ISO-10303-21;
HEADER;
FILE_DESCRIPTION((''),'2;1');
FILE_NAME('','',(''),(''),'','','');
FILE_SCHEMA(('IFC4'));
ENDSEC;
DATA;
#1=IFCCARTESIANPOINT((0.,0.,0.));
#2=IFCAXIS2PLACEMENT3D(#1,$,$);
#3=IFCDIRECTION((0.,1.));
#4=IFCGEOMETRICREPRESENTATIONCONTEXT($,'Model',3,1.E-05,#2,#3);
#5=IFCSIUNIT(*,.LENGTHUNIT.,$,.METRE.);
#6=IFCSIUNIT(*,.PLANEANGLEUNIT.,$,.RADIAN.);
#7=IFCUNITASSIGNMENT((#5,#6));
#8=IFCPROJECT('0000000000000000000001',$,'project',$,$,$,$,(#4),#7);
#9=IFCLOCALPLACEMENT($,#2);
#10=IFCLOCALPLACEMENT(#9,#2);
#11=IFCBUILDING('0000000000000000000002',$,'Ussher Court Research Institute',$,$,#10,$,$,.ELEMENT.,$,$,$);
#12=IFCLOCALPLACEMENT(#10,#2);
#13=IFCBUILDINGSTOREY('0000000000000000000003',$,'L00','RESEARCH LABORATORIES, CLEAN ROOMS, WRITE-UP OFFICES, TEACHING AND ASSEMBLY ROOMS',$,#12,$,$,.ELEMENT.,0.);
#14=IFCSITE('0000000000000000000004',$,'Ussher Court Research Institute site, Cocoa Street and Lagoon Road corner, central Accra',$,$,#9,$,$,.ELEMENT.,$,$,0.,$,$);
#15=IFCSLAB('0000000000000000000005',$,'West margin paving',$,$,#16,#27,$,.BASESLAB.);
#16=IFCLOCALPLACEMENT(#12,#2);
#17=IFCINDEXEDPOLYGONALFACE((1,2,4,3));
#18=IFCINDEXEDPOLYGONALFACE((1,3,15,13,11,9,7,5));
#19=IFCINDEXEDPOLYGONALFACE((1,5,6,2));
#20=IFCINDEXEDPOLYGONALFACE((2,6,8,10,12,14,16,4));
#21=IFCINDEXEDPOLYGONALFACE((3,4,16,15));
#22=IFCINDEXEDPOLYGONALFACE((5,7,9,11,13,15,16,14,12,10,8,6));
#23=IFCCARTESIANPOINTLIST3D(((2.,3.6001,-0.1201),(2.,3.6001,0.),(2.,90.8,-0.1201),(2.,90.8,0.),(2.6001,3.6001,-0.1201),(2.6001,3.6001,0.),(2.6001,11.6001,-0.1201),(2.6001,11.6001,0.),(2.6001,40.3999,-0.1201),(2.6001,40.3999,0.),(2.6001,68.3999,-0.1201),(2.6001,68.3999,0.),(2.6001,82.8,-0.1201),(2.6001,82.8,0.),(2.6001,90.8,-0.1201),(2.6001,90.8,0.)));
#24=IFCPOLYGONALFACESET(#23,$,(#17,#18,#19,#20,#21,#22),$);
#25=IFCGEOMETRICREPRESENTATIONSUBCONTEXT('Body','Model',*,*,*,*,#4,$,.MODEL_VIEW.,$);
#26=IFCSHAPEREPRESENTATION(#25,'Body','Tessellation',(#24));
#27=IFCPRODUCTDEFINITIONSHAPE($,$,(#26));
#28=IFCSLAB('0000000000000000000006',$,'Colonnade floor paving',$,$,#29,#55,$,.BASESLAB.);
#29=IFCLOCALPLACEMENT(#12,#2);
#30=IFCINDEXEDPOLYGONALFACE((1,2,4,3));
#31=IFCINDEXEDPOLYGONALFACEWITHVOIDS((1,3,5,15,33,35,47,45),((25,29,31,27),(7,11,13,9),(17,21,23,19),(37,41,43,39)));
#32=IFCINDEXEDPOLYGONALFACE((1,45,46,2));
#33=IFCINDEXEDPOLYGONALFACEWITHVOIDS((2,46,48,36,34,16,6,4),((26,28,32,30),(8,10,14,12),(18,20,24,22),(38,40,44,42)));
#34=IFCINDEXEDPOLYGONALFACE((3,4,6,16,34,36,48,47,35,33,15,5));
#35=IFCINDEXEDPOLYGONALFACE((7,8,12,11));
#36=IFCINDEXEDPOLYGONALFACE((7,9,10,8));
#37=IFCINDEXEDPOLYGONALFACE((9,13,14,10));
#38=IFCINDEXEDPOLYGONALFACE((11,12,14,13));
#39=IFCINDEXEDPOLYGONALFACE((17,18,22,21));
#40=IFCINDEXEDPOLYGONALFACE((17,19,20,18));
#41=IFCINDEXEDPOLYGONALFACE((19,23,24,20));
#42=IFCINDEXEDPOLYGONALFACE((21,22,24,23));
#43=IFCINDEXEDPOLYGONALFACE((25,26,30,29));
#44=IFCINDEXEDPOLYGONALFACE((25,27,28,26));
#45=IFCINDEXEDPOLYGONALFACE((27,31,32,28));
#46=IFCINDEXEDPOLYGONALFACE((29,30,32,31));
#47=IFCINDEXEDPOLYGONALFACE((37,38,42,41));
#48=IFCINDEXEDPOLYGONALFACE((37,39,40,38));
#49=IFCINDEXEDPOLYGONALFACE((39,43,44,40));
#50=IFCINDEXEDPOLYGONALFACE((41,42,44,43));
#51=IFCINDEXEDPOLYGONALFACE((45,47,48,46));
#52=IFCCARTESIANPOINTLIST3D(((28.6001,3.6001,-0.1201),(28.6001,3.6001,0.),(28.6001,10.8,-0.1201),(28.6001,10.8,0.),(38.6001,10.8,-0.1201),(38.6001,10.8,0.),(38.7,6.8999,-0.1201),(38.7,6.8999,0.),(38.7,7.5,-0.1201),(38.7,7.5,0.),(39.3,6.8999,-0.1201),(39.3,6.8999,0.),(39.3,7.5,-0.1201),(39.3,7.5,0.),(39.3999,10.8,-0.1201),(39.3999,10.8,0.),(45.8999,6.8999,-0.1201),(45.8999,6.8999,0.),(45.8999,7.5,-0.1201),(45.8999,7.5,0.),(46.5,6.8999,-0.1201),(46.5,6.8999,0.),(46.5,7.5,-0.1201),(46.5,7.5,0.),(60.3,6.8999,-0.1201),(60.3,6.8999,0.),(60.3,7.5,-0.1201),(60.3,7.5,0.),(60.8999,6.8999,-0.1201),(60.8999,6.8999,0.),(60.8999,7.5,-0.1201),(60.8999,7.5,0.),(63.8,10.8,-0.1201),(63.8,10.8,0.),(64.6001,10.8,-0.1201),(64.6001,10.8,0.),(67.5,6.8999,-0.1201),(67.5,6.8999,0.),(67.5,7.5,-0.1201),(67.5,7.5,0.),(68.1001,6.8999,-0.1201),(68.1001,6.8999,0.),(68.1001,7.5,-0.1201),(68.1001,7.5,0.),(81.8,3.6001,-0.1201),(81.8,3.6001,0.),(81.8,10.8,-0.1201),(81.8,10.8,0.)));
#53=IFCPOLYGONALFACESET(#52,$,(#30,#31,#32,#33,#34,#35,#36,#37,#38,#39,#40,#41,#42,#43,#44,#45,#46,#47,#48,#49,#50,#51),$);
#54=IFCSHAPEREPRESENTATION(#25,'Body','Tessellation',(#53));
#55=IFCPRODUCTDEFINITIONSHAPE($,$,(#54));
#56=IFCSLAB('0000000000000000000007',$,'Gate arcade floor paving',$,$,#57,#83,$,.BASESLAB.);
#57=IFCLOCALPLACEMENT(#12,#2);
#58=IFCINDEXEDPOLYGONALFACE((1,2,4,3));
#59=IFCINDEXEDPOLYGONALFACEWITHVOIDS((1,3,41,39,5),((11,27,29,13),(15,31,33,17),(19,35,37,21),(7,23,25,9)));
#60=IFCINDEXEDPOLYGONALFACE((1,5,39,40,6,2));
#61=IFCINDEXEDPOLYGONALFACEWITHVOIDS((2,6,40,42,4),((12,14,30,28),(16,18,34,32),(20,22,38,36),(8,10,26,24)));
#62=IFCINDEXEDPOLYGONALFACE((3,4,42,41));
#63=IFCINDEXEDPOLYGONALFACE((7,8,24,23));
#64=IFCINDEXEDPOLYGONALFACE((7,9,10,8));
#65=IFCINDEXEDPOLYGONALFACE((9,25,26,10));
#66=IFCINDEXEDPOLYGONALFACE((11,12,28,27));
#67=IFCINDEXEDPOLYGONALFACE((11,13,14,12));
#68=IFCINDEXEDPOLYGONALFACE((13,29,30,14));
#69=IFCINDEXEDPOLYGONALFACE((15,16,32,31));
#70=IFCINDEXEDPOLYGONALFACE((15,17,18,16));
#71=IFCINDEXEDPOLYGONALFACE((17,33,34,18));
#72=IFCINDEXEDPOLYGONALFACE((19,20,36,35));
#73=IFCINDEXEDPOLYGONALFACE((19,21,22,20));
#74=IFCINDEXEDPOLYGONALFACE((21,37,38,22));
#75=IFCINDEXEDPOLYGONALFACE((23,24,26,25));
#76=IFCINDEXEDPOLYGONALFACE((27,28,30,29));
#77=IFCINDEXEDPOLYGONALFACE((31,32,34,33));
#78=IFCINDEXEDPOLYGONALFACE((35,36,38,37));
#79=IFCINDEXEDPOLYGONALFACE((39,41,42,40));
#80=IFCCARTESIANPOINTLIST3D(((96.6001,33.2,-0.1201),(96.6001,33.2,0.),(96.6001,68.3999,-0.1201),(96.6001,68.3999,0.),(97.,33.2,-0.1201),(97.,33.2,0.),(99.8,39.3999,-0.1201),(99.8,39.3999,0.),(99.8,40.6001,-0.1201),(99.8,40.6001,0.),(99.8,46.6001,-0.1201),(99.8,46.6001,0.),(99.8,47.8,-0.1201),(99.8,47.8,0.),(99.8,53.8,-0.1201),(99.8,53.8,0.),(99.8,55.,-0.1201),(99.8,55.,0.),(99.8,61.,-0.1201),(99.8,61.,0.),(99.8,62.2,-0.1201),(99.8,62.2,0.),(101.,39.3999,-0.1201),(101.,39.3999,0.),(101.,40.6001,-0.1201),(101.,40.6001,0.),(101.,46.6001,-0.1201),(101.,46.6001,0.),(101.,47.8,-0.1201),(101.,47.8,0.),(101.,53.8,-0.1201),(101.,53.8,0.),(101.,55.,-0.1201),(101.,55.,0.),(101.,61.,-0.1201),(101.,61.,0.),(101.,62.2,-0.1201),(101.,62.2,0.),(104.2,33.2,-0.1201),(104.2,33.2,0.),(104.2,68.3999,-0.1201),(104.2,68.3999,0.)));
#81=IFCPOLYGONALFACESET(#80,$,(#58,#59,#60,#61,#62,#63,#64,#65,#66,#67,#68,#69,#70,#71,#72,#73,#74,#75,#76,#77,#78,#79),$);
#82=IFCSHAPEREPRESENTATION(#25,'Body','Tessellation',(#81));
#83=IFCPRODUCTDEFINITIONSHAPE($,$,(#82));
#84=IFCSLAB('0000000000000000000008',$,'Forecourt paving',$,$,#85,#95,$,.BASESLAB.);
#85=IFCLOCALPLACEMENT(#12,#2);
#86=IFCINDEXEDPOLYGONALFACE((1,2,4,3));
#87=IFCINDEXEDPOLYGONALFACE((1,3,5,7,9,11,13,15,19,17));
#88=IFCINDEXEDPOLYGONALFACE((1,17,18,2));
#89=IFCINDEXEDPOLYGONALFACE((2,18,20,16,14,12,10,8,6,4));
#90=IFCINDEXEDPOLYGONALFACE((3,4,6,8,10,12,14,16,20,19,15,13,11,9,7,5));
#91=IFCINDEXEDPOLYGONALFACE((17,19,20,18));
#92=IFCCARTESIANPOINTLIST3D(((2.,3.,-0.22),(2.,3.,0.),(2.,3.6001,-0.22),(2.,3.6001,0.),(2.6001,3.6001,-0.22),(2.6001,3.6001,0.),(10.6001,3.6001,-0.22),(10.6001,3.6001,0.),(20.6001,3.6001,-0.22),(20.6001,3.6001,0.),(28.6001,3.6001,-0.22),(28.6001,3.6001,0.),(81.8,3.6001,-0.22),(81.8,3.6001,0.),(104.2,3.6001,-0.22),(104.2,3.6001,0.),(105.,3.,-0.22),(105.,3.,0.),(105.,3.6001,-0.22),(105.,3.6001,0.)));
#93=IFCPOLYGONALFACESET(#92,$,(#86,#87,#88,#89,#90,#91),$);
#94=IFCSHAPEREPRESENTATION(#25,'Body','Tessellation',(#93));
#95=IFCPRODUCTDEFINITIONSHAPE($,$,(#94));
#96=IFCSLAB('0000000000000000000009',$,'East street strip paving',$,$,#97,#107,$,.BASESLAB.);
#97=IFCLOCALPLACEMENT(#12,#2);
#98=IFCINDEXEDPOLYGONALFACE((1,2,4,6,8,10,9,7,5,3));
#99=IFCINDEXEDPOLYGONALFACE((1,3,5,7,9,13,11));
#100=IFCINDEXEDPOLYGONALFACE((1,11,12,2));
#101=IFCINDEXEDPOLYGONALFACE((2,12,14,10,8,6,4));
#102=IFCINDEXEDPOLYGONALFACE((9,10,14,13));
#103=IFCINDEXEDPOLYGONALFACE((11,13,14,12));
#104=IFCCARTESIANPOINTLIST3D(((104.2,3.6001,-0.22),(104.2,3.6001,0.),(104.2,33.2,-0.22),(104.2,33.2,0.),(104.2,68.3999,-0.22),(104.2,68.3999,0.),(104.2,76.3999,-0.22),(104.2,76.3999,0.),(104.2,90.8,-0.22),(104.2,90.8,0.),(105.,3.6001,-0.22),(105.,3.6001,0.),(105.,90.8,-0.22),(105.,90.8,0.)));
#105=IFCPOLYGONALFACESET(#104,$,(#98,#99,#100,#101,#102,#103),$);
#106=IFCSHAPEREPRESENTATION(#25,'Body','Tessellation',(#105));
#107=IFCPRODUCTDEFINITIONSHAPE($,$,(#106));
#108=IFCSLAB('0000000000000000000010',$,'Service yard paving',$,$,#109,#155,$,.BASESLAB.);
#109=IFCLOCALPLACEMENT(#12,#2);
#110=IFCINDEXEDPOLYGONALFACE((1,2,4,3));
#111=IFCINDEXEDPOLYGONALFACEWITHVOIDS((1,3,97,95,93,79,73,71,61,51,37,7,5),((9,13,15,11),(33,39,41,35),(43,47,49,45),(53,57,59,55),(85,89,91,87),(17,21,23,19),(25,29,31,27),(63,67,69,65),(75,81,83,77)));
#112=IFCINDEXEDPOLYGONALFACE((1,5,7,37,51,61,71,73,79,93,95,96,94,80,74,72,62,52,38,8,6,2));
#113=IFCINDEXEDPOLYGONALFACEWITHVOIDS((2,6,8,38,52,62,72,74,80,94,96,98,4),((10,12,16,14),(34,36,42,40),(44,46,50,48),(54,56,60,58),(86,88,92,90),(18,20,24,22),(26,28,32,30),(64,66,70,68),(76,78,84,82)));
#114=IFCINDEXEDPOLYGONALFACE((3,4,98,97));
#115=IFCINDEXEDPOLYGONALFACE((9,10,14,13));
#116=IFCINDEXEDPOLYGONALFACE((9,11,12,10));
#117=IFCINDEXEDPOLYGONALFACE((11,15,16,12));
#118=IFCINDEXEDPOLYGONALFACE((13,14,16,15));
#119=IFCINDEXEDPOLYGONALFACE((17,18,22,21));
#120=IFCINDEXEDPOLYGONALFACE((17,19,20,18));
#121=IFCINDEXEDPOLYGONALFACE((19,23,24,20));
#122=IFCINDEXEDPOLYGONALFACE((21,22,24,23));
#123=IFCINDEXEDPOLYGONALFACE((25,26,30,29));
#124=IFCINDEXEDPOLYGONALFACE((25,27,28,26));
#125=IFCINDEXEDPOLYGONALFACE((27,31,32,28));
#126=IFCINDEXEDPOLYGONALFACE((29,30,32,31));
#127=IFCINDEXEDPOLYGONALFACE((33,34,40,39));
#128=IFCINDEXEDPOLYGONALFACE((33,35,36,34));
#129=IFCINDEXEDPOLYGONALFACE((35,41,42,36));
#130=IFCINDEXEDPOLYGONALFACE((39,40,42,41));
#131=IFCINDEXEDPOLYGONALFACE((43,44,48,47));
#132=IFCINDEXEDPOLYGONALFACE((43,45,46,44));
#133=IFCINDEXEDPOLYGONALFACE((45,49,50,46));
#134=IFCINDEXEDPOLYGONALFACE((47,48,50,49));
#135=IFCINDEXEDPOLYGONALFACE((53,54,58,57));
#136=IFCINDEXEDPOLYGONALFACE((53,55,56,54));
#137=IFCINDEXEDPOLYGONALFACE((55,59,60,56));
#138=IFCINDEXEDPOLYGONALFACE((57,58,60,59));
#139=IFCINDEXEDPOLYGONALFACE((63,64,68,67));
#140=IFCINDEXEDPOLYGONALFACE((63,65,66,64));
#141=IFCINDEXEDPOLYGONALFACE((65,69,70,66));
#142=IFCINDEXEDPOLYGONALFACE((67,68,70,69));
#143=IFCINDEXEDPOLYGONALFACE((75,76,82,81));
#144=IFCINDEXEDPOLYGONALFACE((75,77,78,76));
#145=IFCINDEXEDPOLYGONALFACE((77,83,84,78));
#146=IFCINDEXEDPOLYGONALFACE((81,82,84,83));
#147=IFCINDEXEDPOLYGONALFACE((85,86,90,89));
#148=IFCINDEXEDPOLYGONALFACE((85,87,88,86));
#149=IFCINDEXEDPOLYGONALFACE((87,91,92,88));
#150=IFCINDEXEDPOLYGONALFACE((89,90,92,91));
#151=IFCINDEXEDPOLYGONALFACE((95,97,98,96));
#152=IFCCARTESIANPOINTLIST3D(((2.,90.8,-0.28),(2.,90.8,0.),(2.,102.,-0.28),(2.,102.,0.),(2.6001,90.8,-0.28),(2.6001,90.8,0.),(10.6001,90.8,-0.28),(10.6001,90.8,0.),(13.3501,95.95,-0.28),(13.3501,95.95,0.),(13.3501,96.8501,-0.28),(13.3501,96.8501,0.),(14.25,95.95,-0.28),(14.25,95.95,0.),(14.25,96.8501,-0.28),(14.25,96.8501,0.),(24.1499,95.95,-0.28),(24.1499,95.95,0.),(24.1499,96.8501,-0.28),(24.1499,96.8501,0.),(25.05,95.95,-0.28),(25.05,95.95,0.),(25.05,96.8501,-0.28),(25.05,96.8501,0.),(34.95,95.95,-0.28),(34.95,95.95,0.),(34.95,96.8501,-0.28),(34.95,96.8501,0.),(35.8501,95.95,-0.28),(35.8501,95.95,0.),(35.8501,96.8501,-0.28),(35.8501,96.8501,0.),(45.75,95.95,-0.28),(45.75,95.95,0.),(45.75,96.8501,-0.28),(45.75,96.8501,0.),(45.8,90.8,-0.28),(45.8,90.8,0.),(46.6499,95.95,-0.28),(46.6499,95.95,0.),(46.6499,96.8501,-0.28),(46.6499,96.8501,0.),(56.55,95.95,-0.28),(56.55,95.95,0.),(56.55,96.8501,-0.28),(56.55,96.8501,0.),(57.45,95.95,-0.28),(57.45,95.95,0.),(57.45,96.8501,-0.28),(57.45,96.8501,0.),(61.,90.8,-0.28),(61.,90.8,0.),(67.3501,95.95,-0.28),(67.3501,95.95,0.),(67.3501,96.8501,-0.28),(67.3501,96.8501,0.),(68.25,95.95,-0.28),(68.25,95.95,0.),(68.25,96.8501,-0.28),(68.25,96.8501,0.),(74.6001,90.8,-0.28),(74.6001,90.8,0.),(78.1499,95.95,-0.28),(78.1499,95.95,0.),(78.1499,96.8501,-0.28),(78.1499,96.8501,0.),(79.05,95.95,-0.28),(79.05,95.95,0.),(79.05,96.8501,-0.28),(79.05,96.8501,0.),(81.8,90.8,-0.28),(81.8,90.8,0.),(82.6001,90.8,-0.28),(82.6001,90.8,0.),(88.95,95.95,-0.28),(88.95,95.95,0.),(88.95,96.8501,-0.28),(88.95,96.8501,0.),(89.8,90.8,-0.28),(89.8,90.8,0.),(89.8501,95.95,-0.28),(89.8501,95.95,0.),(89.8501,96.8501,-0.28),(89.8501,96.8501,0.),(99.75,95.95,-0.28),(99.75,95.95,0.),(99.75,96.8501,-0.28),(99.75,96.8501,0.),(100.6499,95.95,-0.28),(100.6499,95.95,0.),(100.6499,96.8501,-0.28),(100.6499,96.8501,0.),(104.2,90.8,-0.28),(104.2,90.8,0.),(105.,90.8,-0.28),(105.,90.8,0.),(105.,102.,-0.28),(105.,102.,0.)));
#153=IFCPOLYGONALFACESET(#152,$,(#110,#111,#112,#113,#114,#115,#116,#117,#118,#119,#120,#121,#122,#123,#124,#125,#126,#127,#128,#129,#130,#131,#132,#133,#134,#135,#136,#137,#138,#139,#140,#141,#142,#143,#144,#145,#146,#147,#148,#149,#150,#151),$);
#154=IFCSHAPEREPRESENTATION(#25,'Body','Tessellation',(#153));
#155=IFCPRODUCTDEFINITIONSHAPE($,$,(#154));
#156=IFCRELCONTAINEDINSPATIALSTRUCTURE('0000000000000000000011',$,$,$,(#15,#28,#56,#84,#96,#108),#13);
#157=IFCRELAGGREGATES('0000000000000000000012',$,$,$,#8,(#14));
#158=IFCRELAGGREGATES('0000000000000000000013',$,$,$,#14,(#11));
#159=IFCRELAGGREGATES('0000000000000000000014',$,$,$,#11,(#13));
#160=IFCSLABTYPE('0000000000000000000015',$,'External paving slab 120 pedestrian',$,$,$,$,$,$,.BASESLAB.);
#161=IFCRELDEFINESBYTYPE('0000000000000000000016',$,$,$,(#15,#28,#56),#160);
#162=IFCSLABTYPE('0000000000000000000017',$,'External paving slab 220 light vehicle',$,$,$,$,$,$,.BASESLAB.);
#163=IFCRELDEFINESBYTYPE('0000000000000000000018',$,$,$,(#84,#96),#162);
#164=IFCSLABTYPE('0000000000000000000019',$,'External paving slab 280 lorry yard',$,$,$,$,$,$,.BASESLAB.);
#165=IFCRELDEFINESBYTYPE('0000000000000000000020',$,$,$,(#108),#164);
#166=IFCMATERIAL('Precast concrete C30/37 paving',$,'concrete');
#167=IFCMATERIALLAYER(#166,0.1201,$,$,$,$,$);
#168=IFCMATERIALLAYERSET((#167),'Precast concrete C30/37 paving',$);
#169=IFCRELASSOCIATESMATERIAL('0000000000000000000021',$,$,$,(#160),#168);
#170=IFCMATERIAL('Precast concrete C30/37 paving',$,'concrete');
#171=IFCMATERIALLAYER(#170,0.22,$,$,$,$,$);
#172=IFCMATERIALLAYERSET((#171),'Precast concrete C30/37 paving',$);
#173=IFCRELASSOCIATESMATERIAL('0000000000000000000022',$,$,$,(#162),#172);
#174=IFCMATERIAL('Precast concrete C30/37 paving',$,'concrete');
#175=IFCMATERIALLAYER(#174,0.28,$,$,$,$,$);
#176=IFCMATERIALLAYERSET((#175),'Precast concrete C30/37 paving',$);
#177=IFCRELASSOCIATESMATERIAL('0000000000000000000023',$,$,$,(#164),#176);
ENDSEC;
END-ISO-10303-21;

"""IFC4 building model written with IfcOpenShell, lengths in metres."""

from ifc_helpers import new_model, si_unit, direction, frame, origin, place, context, subcontext, project, spatial, polyline, outline, extrude, material, layer, layer_set, type_object, element, save


model = new_model("IFC4")

# Units and contexts
model_context = context("Model", 3, precision=1e-05, world=origin(), true_north=direction((0.0, 1.0)))
body_context = subcontext(model_context, "Body", "Model", "MODEL_VIEW")
ifc_project = project(units=[si_unit("LENGTHUNIT", "METRE"), si_unit("PLANEANGLEUNIT", "RADIAN")], contexts=[model_context])

# Site, building, storey
site_placement = place(None, origin())
site = spatial("IfcSite", under=ifc_project, at=site_placement, Name="Ussher Court Research Institute site, Cocoa Street and Lagoon Road corner, central Accra", CompositionType="ELEMENT", RefElevation=0.0)
building_placement = place(site_placement, origin())
building = spatial("IfcBuilding", under=site, at=building_placement, Name="Ussher Court Research Institute", CompositionType="ELEMENT")
storey_placement = place(building_placement, origin())
storey = spatial("IfcBuildingStorey", under=building, at=storey_placement, Name="L00", Description="RESEARCH LABORATORIES, CLEAN ROOMS, WRITE-UP OFFICES, TEACHING AND ASSEMBLY ROOMS", CompositionType="ELEMENT", Elevation=0.0)

# Slabs
ifc_material_1 = material(Name="Precast concrete C30/37 paving", Category="concrete")
ifc_layer_1 = layer(ifc_material_1, 0.1201)
ifc_layer_set_1 = layer_set([ifc_layer_1], Name="Precast concrete C30/37 paving")
slab_type_1 = type_object("IfcSlabType", Name="External paving slab 120 pedestrian", PredefinedType="BASESLAB", material=ifc_layer_set_1)
slab_1_placement = place(storey_placement, frame((0.0, 0.0, -0.1201)))
element("IfcSlab", 1, at=slab_1_placement, inside=storey, type_object=slab_type_1, Name="West margin paving", PredefinedType="BASESLAB", context=body_context, shape_type="SweptSolid", body=[
    extrude(outline(polyline([(2.6001, 68.3999), (2.6001, 82.8), (2.6001, 90.8), (2.0, 90.8), (2.0, 3.6001), (2.6001, 3.6001), (2.6001, 11.6001), (2.6001, 40.3999), (2.6001, 68.3999)])), origin(), (0.0, 0.0, 1.0), 0.1201),
])
slab_2_placement = place(storey_placement, frame((0.0, 0.0, -0.1201)))
element("IfcSlab", 2, at=slab_2_placement, inside=storey, type_object=slab_type_1, Name="Colonnade floor paving", PredefinedType="BASESLAB", context=body_context, shape_type="SweptSolid", body=[
    extrude(outline(polyline([(64.6001, 10.8), (63.8, 10.8), (39.3999, 10.8), (38.6001, 10.8), (28.6001, 10.8), (28.6001, 3.6001), (81.8, 3.6001), (81.8, 10.8), (64.6001, 10.8)]), holes=[polyline([(38.7, 6.8999), (38.7, 7.5), (39.3, 7.5), (39.3, 6.8999), (38.7, 6.8999)]), polyline([(45.8999, 6.8999), (45.8999, 7.5), (46.5, 7.5), (46.5, 6.8999), (45.8999, 6.8999)]), polyline([(60.3, 6.8999), (60.3, 7.5), (60.8999, 7.5), (60.8999, 6.8999), (60.3, 6.8999)]), polyline([(67.5, 6.8999), (67.5, 7.5), (68.1001, 7.5), (68.1001, 6.8999), (67.5, 6.8999)])]), origin(), (0.0, 0.0, 1.0), 0.1201),
])
slab_3_placement = place(storey_placement, frame((0.0, 0.0, -0.1201)))
element("IfcSlab", 3, at=slab_3_placement, inside=storey, type_object=slab_type_1, Name="Gate arcade floor paving", PredefinedType="BASESLAB", context=body_context, shape_type="SweptSolid", body=[
    extrude(outline(polyline([(104.2, 33.2), (104.2, 68.3999), (96.6001, 68.3999), (96.6001, 33.2), (97.0, 33.2), (104.2, 33.2)]), holes=[polyline([(99.8, 39.3999), (99.8, 40.6001), (101.0, 40.6001), (101.0, 39.3999), (99.8, 39.3999)]), polyline([(99.8, 46.6001), (99.8, 47.8), (101.0, 47.8), (101.0, 46.6001), (99.8, 46.6001)]), polyline([(99.8, 53.8), (99.8, 55.0), (101.0, 55.0), (101.0, 53.8), (99.8, 53.8)]), polyline([(99.8, 61.0), (99.8, 62.2), (101.0, 62.2), (101.0, 61.0), (99.8, 61.0)])]), origin(), (0.0, 0.0, 1.0), 0.1201),
])
ifc_material_2 = material(Name="Precast concrete C30/37 paving", Category="concrete")
ifc_layer_2 = layer(ifc_material_2, 0.22)
ifc_layer_set_2 = layer_set([ifc_layer_2], Name="Precast concrete C30/37 paving")
slab_type_2 = type_object("IfcSlabType", Name="External paving slab 220 light vehicle", PredefinedType="BASESLAB", material=ifc_layer_set_2)
slab_4_placement = place(storey_placement, frame((0.0, 0.0, -0.22)))
element("IfcSlab", 4, at=slab_4_placement, inside=storey, type_object=slab_type_2, Name="Forecourt paving", PredefinedType="BASESLAB", context=body_context, shape_type="SweptSolid", body=[
    extrude(outline(polyline([(105.0, 3.0), (105.0, 3.6001), (104.2, 3.6001), (81.8, 3.6001), (28.6001, 3.6001), (20.6001, 3.6001), (10.6001, 3.6001), (2.6001, 3.6001), (2.0, 3.6001), (2.0, 3.0), (105.0, 3.0)])), origin(), (0.0, 0.0, 1.0), 0.22),
])
slab_5_placement = place(storey_placement, frame((0.0, 0.0, -0.22)))
element("IfcSlab", 5, at=slab_5_placement, inside=storey, type_object=slab_type_2, Name="East street strip paving", PredefinedType="BASESLAB", context=body_context, shape_type="SweptSolid", body=[
    extrude(outline(polyline([(104.2, 76.3999), (104.2, 68.3999), (104.2, 33.2), (104.2, 3.6001), (105.0, 3.6001), (105.0, 90.8), (104.2, 90.8), (104.2, 76.3999)])), origin(), (0.0, 0.0, 1.0), 0.22),
])
ifc_material_3 = material(Name="Precast concrete C30/37 paving", Category="concrete")
ifc_layer_3 = layer(ifc_material_3, 0.28)
ifc_layer_set_3 = layer_set([ifc_layer_3], Name="Precast concrete C30/37 paving")
slab_type_3 = type_object("IfcSlabType", Name="External paving slab 280 lorry yard", PredefinedType="BASESLAB", material=ifc_layer_set_3)
slab_6_placement = place(storey_placement, frame((0.0, 0.0, -0.28)))
element("IfcSlab", 6, at=slab_6_placement, inside=storey, type_object=slab_type_3, Name="Service yard paving", PredefinedType="BASESLAB", context=body_context, shape_type="SweptSolid", body=[
    extrude(outline(polyline([(105.0, 102.0), (2.0, 102.0), (2.0, 90.8), (2.6001, 90.8), (10.6001, 90.8), (45.8, 90.8), (61.0, 90.8), (74.6001, 90.8), (81.8, 90.8), (82.6001, 90.8), (89.8, 90.8), (104.2, 90.8), (105.0, 90.8), (105.0, 102.0)]), holes=[polyline([(13.3501, 96.8501), (14.25, 96.8501), (14.25, 95.95), (13.3501, 95.95), (13.3501, 96.8501)]), polyline([(24.1499, 96.8501), (25.05, 96.8501), (25.05, 95.95), (24.1499, 95.95), (24.1499, 96.8501)]), polyline([(34.95, 96.8501), (35.8501, 96.8501), (35.8501, 95.95), (34.95, 95.95), (34.95, 96.8501)]), polyline([(45.75, 96.8501), (46.6499, 96.8501), (46.6499, 95.95), (45.75, 95.95), (45.75, 96.8501)]), polyline([(56.55, 96.8501), (57.45, 96.8501), (57.45, 95.95), (56.55, 95.95), (56.55, 96.8501)]), polyline([(67.3501, 96.8501), (68.25, 96.8501), (68.25, 95.95), (67.3501, 95.95), (67.3501, 96.8501)]), polyline([(78.1499, 96.8501), (79.05, 96.8501), (79.05, 95.95), (78.1499, 95.95), (78.1499, 96.8501)]), polyline([(89.8501, 96.8501), (89.8501, 95.95), (88.95, 95.95), (88.95, 96.8501), (89.8501, 96.8501)]), polyline([(100.6499, 96.8501), (100.6499, 95.95), (99.75, 95.95), (99.75, 96.8501), (100.6499, 96.8501)])]), origin(), (0.0, 0.0, 1.0), 0.28),
])

save(model, "model.ifc")
